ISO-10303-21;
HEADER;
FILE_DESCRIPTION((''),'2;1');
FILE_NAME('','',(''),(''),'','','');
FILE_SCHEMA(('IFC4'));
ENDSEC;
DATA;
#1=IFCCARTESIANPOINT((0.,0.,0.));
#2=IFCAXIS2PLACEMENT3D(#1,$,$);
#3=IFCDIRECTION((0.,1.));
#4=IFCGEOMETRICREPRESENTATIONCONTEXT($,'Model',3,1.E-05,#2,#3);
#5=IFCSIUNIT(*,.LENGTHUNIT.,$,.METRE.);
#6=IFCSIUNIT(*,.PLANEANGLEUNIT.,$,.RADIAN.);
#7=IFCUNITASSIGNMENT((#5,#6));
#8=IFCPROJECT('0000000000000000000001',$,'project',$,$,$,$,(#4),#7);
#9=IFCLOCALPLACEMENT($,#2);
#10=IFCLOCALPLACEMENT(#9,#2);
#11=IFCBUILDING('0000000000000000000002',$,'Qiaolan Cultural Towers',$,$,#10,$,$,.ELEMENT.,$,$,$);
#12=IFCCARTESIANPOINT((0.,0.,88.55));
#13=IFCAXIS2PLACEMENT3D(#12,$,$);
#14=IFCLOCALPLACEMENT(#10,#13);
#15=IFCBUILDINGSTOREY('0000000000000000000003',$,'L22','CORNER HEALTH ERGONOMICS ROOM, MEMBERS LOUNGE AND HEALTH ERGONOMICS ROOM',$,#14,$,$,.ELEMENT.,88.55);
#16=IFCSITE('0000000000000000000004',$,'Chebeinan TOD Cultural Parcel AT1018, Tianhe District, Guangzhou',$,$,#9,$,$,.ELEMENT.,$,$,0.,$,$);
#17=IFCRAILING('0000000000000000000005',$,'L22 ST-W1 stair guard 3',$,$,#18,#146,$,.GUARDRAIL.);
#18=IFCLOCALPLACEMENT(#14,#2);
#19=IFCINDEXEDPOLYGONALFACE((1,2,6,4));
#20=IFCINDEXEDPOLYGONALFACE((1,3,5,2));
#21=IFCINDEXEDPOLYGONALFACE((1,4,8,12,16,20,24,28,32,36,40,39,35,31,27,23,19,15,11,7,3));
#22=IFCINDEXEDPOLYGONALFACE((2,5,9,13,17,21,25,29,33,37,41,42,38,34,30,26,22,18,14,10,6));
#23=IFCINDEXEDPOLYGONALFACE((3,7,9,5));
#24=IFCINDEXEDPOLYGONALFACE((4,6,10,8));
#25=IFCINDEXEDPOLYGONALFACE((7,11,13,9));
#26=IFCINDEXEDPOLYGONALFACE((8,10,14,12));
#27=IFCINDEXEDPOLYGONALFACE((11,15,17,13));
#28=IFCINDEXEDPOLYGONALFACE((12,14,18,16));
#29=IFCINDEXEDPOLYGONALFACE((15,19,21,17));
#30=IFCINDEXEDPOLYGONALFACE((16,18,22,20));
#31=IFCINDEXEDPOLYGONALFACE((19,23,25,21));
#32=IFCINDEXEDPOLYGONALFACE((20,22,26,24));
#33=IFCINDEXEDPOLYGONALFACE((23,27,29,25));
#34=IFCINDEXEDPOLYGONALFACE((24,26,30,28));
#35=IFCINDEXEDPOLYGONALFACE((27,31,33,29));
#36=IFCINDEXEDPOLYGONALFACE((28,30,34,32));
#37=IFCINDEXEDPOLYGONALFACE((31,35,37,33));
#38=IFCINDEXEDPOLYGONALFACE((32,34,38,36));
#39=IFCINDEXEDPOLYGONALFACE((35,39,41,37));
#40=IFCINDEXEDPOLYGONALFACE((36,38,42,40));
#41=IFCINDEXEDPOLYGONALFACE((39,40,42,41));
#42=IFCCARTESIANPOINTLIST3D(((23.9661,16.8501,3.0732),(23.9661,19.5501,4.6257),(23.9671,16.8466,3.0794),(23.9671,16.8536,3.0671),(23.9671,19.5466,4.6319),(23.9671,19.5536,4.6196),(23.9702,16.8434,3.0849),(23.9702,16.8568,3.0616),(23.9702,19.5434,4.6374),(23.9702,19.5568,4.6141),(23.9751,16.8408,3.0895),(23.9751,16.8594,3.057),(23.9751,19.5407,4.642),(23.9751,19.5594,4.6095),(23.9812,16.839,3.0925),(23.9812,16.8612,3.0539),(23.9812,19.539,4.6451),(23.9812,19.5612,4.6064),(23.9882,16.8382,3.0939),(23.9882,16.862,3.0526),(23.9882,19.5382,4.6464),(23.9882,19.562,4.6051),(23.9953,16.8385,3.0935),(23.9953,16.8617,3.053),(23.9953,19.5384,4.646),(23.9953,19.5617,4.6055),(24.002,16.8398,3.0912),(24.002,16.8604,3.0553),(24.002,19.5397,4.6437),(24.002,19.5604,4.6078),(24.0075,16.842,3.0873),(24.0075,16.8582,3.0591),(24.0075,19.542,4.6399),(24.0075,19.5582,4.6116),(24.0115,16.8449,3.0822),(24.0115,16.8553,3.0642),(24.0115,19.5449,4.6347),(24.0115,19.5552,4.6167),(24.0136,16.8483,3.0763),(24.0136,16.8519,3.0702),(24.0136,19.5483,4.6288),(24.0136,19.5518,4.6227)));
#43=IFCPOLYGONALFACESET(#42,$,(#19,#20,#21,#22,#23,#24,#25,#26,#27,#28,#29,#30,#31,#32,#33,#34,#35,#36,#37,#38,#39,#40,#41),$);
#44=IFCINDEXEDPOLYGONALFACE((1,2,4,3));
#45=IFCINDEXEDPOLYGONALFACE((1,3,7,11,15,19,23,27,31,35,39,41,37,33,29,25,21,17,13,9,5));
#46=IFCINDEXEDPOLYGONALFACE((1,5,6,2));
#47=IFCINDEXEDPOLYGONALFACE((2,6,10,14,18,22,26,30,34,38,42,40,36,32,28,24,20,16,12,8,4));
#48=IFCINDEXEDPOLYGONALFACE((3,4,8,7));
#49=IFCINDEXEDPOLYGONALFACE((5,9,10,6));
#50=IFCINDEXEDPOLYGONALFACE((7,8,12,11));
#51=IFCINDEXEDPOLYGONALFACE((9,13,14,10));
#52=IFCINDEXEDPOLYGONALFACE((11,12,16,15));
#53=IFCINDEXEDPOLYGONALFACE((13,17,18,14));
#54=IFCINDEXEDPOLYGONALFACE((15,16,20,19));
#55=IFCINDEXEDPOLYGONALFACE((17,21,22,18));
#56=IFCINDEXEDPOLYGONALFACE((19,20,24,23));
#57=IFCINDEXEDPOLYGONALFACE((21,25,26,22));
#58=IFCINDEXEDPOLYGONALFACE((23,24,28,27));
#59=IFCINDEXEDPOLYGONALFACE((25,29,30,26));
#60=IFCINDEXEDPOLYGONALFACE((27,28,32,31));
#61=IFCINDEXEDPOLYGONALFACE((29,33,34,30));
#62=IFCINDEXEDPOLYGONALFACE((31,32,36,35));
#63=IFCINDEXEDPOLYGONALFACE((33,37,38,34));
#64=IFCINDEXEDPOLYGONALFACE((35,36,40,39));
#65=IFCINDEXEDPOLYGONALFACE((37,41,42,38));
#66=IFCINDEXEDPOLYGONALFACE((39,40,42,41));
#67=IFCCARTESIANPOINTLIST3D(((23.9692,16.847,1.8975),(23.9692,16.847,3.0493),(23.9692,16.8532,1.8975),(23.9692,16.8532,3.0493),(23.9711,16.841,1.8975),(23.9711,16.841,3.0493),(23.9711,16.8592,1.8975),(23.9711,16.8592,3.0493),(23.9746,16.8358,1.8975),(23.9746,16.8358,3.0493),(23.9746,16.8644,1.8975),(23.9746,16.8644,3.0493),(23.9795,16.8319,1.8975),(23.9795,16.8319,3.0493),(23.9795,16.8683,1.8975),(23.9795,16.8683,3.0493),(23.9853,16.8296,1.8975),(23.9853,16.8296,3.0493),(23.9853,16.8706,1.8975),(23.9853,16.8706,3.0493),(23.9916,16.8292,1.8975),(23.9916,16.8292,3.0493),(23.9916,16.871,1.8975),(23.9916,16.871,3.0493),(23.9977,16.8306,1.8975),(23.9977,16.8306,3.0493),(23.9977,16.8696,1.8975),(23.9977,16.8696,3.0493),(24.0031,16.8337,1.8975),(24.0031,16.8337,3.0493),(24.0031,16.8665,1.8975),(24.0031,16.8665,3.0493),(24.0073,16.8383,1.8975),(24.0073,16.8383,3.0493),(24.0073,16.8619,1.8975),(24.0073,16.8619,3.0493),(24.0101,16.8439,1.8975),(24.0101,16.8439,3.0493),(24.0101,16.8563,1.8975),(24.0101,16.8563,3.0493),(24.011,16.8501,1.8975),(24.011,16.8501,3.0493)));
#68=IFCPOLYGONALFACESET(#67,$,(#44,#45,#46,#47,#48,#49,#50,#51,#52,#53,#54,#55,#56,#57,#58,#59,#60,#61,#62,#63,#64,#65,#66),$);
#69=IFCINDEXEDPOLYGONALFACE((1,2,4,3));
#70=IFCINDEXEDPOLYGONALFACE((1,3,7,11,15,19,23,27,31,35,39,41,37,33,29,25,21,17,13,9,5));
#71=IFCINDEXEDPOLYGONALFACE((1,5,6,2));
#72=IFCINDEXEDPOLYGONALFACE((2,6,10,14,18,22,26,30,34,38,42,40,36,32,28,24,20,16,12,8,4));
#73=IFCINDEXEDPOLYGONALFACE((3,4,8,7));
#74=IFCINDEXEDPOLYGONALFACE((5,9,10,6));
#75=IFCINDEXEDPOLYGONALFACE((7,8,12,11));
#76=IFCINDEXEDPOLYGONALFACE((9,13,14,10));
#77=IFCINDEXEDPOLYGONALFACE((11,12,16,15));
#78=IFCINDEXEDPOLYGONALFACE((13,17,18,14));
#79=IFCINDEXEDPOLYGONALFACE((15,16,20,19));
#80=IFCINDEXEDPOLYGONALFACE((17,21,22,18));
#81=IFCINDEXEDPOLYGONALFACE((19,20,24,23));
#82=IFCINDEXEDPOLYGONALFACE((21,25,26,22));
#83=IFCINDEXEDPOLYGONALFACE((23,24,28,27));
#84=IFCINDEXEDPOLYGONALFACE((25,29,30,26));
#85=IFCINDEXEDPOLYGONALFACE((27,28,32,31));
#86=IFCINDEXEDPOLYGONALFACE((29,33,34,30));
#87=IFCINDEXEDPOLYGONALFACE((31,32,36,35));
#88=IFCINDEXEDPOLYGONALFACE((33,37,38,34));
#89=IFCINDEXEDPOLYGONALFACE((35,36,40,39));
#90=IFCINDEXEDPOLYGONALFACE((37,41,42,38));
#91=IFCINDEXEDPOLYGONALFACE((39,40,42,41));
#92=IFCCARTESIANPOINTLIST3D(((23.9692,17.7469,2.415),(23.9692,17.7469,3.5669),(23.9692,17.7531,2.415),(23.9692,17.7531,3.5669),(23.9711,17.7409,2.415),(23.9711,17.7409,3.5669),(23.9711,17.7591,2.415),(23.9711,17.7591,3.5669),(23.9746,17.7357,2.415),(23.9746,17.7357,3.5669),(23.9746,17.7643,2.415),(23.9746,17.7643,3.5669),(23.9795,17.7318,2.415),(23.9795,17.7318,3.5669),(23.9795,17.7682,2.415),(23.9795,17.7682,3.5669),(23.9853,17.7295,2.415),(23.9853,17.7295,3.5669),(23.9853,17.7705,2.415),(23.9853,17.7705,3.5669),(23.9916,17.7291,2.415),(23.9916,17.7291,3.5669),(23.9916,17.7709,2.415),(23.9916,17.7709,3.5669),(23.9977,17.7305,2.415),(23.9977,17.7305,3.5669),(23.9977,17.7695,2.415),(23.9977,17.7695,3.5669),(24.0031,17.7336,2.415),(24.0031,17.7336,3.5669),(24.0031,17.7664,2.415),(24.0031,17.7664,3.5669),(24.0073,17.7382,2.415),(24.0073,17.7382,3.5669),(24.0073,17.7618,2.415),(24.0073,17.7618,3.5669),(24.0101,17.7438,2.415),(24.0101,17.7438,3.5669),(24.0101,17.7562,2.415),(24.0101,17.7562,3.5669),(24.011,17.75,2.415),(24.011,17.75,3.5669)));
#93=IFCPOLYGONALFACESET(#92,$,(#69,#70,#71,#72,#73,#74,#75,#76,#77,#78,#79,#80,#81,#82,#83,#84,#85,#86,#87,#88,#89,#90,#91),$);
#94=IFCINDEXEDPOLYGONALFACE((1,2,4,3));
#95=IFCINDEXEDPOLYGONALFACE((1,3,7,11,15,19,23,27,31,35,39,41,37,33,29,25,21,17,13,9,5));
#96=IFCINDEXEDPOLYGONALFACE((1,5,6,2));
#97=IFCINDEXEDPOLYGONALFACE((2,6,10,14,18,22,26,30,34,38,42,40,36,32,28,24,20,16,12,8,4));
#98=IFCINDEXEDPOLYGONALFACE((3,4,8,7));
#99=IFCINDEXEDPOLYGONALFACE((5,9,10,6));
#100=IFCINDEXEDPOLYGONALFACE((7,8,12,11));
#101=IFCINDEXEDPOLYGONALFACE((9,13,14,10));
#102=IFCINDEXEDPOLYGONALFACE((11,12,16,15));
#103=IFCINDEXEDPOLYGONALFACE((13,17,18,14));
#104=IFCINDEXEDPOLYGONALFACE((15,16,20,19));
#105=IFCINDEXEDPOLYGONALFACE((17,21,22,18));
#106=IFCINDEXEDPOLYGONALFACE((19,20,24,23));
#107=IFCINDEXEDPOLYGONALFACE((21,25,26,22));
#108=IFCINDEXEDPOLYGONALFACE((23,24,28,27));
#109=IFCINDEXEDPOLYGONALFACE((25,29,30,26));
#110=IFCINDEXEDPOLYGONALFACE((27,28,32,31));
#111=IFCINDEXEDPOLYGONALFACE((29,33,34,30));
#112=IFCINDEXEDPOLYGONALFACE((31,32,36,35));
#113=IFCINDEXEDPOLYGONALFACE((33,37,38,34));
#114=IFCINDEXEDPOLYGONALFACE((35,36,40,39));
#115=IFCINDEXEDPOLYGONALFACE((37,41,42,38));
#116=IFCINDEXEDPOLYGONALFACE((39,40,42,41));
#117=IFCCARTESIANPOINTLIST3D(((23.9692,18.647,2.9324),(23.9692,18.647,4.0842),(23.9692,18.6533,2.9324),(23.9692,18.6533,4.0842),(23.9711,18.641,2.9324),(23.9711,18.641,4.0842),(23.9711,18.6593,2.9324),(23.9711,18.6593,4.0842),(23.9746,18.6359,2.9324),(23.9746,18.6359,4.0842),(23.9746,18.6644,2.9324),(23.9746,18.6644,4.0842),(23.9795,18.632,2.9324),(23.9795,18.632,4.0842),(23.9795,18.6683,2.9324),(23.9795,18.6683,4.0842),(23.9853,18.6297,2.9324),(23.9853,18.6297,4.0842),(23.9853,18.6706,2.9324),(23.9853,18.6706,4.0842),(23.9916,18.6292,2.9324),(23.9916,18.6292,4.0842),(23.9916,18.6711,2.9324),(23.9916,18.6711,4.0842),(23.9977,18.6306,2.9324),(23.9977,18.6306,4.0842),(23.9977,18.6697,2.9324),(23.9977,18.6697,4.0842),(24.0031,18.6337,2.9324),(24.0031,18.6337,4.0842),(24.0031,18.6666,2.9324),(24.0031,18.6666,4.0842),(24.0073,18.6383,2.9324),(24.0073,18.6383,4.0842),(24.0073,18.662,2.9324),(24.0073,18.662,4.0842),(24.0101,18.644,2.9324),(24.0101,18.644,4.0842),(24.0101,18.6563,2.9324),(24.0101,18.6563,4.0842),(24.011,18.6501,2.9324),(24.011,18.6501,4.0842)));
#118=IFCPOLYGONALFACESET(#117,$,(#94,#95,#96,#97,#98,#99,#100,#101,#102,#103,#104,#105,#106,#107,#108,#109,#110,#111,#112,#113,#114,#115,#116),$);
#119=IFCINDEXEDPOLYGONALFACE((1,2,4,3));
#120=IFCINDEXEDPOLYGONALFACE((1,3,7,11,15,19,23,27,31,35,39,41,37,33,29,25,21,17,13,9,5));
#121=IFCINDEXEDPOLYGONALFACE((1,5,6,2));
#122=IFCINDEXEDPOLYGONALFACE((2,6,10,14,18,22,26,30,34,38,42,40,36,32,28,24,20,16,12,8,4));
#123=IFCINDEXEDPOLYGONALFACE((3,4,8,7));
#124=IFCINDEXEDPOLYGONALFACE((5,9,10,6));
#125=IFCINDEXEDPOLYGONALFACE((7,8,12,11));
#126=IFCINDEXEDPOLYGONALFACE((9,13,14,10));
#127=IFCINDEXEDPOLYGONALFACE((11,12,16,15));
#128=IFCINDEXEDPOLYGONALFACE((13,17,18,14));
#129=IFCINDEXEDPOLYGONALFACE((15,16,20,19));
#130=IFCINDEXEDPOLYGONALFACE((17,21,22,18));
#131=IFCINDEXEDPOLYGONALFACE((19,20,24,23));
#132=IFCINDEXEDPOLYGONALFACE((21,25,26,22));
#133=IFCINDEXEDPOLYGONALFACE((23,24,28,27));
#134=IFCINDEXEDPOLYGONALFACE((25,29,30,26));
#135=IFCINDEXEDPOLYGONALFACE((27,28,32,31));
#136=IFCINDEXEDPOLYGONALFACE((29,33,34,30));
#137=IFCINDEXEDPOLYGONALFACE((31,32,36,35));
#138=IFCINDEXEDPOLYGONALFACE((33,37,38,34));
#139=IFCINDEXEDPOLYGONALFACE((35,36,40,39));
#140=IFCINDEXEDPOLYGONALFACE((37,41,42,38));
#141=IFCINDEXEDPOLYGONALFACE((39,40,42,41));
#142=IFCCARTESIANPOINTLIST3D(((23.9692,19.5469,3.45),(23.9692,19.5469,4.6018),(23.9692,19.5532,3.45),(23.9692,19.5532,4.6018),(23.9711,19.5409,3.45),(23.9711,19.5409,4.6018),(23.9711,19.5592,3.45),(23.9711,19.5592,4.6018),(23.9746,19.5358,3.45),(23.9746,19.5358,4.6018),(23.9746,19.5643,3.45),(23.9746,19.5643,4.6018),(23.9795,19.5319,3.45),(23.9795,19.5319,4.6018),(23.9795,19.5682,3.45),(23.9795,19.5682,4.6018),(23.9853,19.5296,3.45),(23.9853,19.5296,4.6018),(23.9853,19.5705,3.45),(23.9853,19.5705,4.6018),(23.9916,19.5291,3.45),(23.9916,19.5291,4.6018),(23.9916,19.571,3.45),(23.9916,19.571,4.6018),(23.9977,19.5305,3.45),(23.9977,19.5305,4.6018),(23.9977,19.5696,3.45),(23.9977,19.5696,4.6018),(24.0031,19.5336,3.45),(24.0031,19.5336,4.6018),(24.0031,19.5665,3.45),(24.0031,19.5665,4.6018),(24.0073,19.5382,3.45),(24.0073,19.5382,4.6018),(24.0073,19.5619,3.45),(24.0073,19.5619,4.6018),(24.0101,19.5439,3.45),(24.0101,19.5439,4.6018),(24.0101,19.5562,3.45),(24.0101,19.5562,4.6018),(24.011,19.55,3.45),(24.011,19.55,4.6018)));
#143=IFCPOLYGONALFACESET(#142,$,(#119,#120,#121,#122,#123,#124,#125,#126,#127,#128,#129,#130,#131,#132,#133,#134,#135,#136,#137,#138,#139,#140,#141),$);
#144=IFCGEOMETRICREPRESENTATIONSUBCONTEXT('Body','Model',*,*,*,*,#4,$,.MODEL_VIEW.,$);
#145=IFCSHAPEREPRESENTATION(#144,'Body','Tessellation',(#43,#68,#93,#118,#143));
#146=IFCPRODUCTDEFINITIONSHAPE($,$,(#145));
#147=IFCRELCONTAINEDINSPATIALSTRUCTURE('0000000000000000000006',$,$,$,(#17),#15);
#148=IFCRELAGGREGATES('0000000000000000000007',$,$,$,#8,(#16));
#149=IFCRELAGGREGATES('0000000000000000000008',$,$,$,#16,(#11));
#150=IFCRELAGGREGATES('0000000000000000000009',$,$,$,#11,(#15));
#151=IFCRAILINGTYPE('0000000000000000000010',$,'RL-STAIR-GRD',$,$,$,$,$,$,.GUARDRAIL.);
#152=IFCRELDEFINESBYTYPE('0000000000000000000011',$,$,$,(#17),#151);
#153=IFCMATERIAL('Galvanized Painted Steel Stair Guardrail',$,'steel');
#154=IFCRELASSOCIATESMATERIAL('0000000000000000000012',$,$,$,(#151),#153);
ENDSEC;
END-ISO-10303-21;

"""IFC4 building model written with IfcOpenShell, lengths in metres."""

from ifc_helpers import new_model, si_unit, direction, frame, origin, origin_2d, place, context, subcontext, project, spatial, circle, extrude, material, type_object, element, save


model = new_model("IFC4")

# Units and contexts
model_context = context("Model", 3, precision=1e-05, world=origin(), true_north=direction((0.0, 1.0)))
body_context = subcontext(model_context, "Body", "Model", "MODEL_VIEW")
ifc_project = project(units=[si_unit("LENGTHUNIT", "METRE"), si_unit("PLANEANGLEUNIT", "RADIAN")], contexts=[model_context])

# Site, building, storey
site_placement = place(None, origin())
site = spatial("IfcSite", under=ifc_project, at=site_placement, Name="Chebeinan TOD Cultural Parcel AT1018, Tianhe District, Guangzhou", CompositionType="ELEMENT", RefElevation=0.0)
building_placement = place(site_placement, origin())
building = spatial("IfcBuilding", under=site, at=building_placement, Name="Qiaolan Cultural Towers", CompositionType="ELEMENT")
storey_placement = place(building_placement, frame((0.0, 0.0, 88.55)))
storey = spatial("IfcBuildingStorey", under=building, at=storey_placement, Name="L22", Description="CORNER HEALTH ERGONOMICS ROOM, MEMBERS LOUNGE AND HEALTH ERGONOMICS ROOM", CompositionType="ELEMENT", Elevation=88.55)

# Railing
ifc_material_1 = material(Name="Galvanized Painted Steel Stair Guardrail", Category="steel")
railing_type_1 = type_object("IfcRailingType", Name="RL-STAIR-GRD", PredefinedType="GUARDRAIL", material=ifc_material_1)
railing_1_placement = place(storey_placement, frame((23.99, 16.8501, 1.8975)))
element("IfcRailing", 1, at=railing_1_placement, inside=storey, type_object=railing_type_1, Name="L22 ST-W1 stair guard 3", PredefinedType="GUARDRAIL", context=body_context, shape_type="SweptSolid", body=[
    extrude(circle(Radius=0.0239, at=origin_2d()), frame((0.0, 0.0, 1.1758), z_axis=(0.0, 0.866904, 0.498476), x_axis=(-1.0, 0.0, 0.0)), (0.0, 0.0, 1.0), 3.1145),
    extrude(circle(Radius=0.021, at=origin_2d()), origin(), (0.0, 0.0, 1.0), 1.1519),
    extrude(circle(Radius=0.021, at=origin_2d()), frame((0.0, 0.8999, 0.5176)), (0.0, 0.0, 1.0), 1.1519),
    extrude(circle(Radius=0.021, at=origin_2d()), frame((0.0, 1.8, 1.0349)), (0.0, 0.0, 1.0), 1.1519),
    extrude(circle(Radius=0.021, at=origin_2d()), frame((0.0, 2.7, 1.5525)), (0.0, 0.0, 1.0), 1.1519),
])

save(model, "model.ifc")
